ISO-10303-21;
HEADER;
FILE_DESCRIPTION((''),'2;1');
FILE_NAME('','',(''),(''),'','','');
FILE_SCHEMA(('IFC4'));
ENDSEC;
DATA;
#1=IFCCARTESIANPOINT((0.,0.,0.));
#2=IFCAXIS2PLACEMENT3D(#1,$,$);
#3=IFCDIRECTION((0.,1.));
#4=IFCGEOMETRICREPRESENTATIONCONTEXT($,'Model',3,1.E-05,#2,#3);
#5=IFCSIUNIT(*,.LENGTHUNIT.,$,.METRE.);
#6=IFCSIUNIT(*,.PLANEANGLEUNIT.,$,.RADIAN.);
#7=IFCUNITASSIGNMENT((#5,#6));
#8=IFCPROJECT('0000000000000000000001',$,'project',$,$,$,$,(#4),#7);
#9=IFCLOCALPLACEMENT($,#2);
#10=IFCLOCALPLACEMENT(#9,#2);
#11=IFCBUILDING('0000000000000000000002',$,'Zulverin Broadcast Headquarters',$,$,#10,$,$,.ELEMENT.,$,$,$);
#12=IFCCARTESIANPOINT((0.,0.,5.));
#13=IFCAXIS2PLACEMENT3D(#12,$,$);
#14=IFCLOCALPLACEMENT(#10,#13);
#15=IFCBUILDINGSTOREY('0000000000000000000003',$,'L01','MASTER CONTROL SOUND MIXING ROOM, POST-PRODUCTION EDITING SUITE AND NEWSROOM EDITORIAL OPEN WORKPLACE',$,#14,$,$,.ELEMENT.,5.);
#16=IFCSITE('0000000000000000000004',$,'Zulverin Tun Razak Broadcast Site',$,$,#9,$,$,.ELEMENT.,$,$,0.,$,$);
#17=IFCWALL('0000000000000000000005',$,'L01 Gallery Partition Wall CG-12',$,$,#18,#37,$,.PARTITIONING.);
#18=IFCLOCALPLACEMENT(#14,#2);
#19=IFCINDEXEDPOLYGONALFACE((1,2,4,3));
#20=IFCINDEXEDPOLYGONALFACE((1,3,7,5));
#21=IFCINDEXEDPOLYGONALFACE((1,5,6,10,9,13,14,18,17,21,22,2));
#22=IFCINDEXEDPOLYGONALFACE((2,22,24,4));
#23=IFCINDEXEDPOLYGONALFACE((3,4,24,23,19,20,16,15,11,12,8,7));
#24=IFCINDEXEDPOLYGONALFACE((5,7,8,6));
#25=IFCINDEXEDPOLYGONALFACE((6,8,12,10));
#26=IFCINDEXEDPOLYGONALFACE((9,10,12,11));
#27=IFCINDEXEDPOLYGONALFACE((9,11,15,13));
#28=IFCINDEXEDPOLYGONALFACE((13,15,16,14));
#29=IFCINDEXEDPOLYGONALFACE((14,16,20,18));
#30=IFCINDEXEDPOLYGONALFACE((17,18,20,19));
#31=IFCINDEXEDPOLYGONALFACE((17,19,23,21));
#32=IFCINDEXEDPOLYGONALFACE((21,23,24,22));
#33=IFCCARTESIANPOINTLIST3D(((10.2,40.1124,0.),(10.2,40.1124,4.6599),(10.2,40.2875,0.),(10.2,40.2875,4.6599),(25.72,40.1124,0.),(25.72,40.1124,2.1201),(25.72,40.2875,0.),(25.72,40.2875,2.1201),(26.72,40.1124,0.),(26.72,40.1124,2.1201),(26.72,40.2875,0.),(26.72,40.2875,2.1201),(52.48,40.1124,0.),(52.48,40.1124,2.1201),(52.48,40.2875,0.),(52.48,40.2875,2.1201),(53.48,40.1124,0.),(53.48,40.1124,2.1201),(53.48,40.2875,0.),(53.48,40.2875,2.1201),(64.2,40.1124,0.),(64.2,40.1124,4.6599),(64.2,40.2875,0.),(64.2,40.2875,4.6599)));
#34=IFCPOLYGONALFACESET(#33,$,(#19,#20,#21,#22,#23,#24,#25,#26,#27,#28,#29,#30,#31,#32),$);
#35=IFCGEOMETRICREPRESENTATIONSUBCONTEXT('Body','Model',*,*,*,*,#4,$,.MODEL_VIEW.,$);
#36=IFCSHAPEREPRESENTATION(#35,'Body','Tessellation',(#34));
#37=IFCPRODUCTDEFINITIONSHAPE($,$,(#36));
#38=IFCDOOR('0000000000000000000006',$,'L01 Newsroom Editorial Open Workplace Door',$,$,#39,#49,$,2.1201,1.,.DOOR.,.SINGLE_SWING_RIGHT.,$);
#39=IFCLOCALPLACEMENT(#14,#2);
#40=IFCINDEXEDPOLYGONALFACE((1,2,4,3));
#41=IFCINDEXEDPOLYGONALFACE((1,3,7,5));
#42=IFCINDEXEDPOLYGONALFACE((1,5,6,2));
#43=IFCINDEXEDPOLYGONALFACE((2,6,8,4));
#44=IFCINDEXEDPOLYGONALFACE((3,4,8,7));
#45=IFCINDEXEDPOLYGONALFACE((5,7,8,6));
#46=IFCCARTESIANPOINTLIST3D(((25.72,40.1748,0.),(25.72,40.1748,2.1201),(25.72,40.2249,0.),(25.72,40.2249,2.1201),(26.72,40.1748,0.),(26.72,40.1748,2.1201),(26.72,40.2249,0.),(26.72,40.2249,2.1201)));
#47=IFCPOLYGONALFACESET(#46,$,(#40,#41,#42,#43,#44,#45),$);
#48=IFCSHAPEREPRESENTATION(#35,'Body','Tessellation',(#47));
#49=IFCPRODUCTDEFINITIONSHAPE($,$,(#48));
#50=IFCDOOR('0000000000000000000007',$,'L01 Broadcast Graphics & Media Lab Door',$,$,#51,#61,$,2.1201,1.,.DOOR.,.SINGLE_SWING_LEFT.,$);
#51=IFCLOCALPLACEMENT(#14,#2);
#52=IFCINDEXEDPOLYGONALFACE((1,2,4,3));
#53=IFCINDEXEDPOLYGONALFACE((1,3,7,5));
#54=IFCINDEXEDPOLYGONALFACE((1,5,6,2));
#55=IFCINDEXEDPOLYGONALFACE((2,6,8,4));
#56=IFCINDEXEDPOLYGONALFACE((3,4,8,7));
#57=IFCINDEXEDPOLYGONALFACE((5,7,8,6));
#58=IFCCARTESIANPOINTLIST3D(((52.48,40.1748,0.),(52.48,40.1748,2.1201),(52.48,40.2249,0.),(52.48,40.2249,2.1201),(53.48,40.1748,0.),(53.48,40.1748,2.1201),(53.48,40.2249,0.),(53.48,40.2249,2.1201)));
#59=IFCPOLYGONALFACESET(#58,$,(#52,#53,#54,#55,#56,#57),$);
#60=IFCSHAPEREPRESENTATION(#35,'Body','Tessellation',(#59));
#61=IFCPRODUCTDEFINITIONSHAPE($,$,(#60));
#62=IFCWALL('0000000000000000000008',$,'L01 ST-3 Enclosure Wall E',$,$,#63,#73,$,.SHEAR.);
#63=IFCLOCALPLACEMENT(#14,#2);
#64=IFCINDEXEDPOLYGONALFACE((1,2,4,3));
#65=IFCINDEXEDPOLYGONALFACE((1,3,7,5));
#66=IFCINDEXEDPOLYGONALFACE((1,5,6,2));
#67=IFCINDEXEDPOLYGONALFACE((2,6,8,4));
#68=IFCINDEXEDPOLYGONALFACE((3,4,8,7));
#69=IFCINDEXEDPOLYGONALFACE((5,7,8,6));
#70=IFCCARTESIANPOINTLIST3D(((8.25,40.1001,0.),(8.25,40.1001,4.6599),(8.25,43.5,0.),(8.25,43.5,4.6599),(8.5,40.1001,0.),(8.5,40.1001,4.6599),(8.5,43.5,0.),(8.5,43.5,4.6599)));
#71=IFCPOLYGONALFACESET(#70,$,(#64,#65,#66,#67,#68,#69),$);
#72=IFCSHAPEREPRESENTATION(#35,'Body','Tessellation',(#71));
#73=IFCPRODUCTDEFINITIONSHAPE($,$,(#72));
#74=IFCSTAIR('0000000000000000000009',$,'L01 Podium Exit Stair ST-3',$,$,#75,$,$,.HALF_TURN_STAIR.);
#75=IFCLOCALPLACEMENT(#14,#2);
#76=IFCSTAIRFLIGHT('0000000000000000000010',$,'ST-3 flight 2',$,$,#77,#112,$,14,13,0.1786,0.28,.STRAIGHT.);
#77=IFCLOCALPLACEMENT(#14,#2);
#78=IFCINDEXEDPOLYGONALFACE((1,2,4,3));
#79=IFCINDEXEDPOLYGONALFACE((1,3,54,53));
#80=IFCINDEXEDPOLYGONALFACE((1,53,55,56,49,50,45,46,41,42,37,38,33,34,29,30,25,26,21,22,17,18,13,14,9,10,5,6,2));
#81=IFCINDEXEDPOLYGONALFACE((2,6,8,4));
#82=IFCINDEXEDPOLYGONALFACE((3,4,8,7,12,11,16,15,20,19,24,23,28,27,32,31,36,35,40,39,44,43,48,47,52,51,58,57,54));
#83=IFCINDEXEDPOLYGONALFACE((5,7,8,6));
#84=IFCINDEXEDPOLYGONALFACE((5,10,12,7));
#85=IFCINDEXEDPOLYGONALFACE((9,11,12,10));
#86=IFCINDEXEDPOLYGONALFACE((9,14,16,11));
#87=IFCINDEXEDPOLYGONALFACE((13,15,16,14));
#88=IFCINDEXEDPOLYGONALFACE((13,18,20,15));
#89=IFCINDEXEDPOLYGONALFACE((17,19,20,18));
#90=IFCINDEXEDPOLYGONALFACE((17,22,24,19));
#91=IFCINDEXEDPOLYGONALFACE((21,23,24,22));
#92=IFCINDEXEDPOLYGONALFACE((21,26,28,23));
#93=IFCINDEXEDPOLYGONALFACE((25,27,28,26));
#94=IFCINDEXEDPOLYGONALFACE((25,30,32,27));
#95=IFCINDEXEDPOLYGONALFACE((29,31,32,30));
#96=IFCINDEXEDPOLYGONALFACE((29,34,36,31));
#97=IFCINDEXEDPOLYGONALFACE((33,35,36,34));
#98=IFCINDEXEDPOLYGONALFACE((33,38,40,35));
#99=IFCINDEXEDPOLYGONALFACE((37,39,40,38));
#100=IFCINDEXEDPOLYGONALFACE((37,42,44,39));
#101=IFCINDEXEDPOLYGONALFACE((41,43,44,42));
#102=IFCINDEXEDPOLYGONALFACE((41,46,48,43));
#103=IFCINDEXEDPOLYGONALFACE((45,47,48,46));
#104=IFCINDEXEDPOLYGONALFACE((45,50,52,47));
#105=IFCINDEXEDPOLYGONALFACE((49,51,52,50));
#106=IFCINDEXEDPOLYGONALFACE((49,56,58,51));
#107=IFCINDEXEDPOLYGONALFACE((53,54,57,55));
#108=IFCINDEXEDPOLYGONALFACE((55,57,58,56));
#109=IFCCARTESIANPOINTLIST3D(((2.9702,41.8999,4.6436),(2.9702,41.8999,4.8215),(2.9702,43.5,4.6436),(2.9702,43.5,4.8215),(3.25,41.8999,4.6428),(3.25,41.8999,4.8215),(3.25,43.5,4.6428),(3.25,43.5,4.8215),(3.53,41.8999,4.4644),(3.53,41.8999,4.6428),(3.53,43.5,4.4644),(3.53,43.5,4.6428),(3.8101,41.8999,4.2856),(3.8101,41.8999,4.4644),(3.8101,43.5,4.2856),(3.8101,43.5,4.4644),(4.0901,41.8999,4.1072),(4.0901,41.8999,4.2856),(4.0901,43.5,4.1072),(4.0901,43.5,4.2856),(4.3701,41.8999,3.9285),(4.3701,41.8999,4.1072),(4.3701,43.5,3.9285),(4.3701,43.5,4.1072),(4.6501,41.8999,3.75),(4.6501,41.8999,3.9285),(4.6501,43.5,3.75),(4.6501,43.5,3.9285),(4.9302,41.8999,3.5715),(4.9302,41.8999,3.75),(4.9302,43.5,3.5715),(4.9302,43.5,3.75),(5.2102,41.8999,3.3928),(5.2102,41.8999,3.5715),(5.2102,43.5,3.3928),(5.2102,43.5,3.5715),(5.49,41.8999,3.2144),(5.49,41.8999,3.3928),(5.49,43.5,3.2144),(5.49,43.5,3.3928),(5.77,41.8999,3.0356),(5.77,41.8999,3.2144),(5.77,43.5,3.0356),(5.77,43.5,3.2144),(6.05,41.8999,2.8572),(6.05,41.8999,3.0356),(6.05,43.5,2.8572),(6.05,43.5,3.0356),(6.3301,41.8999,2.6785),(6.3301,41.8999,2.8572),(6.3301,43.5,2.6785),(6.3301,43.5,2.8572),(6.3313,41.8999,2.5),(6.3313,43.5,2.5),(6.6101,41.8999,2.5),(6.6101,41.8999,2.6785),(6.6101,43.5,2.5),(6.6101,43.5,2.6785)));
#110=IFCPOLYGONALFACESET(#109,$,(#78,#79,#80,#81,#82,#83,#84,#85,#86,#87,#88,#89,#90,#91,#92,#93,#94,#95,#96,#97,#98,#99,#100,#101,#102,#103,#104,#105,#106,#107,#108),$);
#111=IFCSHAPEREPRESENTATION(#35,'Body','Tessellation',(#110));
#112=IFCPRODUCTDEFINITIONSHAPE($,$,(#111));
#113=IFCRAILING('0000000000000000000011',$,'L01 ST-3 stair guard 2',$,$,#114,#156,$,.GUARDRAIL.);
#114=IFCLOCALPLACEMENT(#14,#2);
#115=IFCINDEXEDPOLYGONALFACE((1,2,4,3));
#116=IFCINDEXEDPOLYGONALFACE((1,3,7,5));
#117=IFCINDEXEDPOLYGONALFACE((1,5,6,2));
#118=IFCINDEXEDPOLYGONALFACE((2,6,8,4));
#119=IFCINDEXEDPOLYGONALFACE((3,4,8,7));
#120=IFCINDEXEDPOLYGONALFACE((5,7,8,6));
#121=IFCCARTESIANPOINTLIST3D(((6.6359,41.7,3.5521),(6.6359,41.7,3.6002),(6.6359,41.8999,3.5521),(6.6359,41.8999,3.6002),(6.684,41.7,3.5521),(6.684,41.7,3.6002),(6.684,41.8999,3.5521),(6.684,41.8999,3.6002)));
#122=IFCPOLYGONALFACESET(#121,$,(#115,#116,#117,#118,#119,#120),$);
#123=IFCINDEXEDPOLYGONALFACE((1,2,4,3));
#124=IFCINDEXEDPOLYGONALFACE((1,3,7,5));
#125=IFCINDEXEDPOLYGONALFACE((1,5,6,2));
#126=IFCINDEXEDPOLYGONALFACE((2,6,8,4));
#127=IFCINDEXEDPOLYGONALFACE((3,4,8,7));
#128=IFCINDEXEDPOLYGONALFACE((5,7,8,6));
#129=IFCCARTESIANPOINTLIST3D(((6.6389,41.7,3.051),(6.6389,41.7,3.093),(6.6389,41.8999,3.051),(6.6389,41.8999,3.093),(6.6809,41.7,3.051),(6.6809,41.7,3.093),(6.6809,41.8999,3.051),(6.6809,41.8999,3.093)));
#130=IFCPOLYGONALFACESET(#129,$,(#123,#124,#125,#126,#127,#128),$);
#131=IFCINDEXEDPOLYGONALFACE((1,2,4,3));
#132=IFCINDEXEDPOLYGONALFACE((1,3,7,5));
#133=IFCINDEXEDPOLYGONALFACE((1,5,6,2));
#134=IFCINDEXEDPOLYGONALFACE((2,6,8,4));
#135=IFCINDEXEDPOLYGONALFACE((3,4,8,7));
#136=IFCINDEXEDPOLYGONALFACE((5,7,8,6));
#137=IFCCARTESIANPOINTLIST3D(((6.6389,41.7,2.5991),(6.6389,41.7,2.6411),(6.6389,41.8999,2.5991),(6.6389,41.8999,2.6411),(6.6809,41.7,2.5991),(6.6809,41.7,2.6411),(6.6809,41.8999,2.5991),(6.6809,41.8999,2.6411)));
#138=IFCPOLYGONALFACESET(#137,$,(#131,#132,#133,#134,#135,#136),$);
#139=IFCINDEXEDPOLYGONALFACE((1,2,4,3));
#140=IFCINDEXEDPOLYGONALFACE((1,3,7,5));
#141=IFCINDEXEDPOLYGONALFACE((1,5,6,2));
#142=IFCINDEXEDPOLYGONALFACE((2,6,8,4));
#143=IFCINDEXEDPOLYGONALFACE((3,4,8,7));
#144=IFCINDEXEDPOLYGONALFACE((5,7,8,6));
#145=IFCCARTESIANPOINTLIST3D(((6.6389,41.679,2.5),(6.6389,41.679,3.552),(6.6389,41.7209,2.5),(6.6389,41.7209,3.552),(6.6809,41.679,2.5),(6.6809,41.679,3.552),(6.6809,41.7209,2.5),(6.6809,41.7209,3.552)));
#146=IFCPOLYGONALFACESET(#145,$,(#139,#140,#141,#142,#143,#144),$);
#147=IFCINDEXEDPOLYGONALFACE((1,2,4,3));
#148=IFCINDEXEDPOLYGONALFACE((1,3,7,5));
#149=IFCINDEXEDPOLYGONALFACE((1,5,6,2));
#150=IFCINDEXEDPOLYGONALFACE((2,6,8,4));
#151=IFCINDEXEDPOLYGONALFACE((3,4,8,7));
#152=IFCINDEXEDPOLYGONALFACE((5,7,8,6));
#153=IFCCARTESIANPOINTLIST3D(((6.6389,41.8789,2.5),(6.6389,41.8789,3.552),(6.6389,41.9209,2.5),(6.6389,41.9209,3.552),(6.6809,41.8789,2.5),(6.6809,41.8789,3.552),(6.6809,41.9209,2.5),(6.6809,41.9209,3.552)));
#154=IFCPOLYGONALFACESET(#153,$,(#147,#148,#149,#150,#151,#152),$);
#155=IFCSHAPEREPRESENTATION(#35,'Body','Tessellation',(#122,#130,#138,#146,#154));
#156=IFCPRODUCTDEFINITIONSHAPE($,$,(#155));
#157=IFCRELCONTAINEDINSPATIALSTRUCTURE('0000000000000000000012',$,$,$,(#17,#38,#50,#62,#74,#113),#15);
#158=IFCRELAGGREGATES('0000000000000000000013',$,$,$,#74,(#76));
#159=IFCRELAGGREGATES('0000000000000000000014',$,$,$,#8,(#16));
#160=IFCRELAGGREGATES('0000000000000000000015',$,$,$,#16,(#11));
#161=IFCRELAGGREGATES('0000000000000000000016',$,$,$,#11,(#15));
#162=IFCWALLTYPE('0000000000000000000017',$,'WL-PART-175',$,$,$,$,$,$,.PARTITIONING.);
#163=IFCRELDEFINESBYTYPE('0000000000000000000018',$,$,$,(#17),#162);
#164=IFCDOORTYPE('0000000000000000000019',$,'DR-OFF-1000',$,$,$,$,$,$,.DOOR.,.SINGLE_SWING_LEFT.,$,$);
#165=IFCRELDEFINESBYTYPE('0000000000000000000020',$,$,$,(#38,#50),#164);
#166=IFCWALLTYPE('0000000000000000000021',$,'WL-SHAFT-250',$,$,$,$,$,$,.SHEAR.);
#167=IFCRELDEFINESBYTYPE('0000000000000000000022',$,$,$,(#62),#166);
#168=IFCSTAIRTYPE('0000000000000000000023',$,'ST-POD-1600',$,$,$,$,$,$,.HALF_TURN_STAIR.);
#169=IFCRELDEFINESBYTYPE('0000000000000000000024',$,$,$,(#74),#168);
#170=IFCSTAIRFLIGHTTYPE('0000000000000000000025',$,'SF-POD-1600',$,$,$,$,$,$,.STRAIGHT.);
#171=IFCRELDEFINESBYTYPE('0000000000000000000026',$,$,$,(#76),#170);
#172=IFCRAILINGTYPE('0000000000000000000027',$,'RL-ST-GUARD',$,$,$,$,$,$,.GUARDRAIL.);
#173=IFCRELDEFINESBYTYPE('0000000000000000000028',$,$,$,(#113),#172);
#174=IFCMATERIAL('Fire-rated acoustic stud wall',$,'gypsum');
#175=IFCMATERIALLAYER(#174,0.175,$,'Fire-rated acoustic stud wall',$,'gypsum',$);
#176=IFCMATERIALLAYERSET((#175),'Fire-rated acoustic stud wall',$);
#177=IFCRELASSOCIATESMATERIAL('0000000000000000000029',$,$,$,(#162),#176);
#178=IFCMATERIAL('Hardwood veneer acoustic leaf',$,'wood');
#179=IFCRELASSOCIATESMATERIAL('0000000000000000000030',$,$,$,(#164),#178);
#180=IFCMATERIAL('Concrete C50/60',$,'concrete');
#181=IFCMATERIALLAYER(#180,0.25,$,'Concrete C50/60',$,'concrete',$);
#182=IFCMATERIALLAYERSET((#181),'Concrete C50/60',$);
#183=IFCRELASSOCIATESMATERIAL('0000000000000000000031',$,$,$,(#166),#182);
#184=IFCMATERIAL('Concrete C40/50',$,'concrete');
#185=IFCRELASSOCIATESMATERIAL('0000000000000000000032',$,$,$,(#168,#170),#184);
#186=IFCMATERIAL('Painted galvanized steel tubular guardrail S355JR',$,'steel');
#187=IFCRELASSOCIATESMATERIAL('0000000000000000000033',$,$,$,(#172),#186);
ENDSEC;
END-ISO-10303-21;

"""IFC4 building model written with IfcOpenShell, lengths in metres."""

from ifc_helpers import new_model, si_unit, direction, frame, frame_2d, origin, origin_2d, place, context, subcontext, project, spatial, polyline, rectangle, outline, extrude, material, layer, layer_set, type_object, element, fill, aggregate, save


model = new_model("IFC4")

# Units and contexts
model_context = context("Model", 3, precision=1e-05, world=origin(), true_north=direction((0.0, 1.0)))
body_context = subcontext(model_context, "Body", "Model", "MODEL_VIEW")
ifc_project = project(units=[si_unit("LENGTHUNIT", "METRE"), si_unit("PLANEANGLEUNIT", "RADIAN")], contexts=[model_context])

# Site, building, storey
site_placement = place(None, origin())
site = spatial("IfcSite", under=ifc_project, at=site_placement, Name="Zulverin Tun Razak Broadcast Site", CompositionType="ELEMENT", RefElevation=0.0)
building_placement = place(site_placement, origin())
building = spatial("IfcBuilding", under=site, at=building_placement, Name="Zulverin Broadcast Headquarters", CompositionType="ELEMENT")
storey_placement = place(building_placement, frame((0.0, 0.0, 5.0)))
storey = spatial("IfcBuildingStorey", under=building, at=storey_placement, Name="L01", Description="MASTER CONTROL SOUND MIXING ROOM, POST-PRODUCTION EDITING SUITE AND NEWSROOM EDITORIAL OPEN WORKPLACE", CompositionType="ELEMENT", Elevation=5.0)

# Shared definitions
ifc_material_1 = material(Name="Concrete C40/50", Category="concrete")

# Wall, openings, doors
ifc_material_2 = material(Name="Fire-rated acoustic stud wall", Category="gypsum")
ifc_layer_1 = layer(ifc_material_2, 0.175, Name="Fire-rated acoustic stud wall", Category="gypsum")
ifc_layer_set_1 = layer_set([ifc_layer_1], Name="Fire-rated acoustic stud wall")
wall_type_1 = type_object("IfcWallType", Name="WL-PART-175", PredefinedType="PARTITIONING", material=ifc_layer_set_1)
wall_1_placement = place(storey_placement, frame((10.2, 40.2, 0.0), z_axis=(0.0, 0.0, 1.0), x_axis=(1.0, 0.0, 0.0)))
wall_1 = element("IfcWall", 1, at=wall_1_placement, inside=storey, type_object=wall_type_1, Name="L01 Gallery Partition Wall CG-12", PredefinedType="PARTITIONING", context=body_context, shape_type="SweptSolid", body=[
    extrude(rectangle(XDim=54.0, YDim=0.175, at=frame_2d((27.0, 0.0))), origin(), (0.0, 0.0, 1.0), 4.6599),
])
opening_1_placement = place(wall_1_placement, frame((15.52, 0.0, 0.0)))
opening_1 = element("IfcOpeningElement", 2, at=opening_1_placement, cuts=wall_1, PredefinedType="OPENING", context=body_context, shape_type="SweptSolid", body=[
    extrude(rectangle(XDim=1.0, YDim=2.1201, at=frame_2d((0.5, 1.0601))), frame((0.0, 0.0974, 0.0), z_axis=(0.0, -1.0, 0.0), x_axis=(1.0, 0.0, 0.0)), (0.0, 0.0, 1.0), 0.1951),
])
opening_2_placement = place(wall_1_placement, frame((42.28, 0.0, 0.0)))
opening_2 = element("IfcOpeningElement", 3, at=opening_2_placement, cuts=wall_1, PredefinedType="OPENING", context=body_context, shape_type="SweptSolid", body=[
    extrude(rectangle(XDim=1.0, YDim=2.1201, at=frame_2d((0.5, 1.0601))), frame((0.0, 0.0974, 0.0), z_axis=(0.0, -1.0, 0.0), x_axis=(1.0, 0.0, 0.0)), (0.0, 0.0, 1.0), 0.1951),
])
ifc_material_3 = material(Name="Hardwood veneer acoustic leaf", Category="wood")
door_type = type_object("IfcDoorType", Name="DR-OFF-1000", OperationType="SINGLE_SWING_LEFT", PredefinedType="DOOR", material=ifc_material_3)
door_1_placement = place(opening_1_placement, origin())
door_1 = element("IfcDoor", 4, at=door_1_placement, inside=storey, type_object=door_type, Name="L01 Newsroom Editorial Open Workplace Door", OperationType="SINGLE_SWING_RIGHT", OverallHeight=2.1201, OverallWidth=1.0, PredefinedType="DOOR", context=body_context, shape_type="SweptSolid", body=[
    extrude(rectangle(XDim=1.0, YDim=2.1201, at=frame_2d((0.5, 1.0601))), frame((0.0, 0.0249, 0.0), z_axis=(0.0, -1.0, 0.0), x_axis=(1.0, 0.0, 0.0)), (0.0, 0.0, 1.0), 0.05),
])
fill(opening_1, door_1)
door_2_placement = place(opening_2_placement, origin())
door_2 = element("IfcDoor", 5, at=door_2_placement, inside=storey, type_object=door_type, Name="L01 Broadcast Graphics & Media Lab Door", OperationType="SINGLE_SWING_LEFT", OverallHeight=2.1201, OverallWidth=1.0, PredefinedType="DOOR", context=body_context, shape_type="SweptSolid", body=[
    extrude(rectangle(XDim=1.0, YDim=2.1201, at=frame_2d((0.5, 1.0601))), frame((0.0, 0.0249, 0.0), z_axis=(0.0, -1.0, 0.0), x_axis=(1.0, 0.0, 0.0)), (0.0, 0.0, 1.0), 0.05),
])
fill(opening_2, door_2)

# Wall
ifc_material_4 = material(Name="Concrete C50/60", Category="concrete")
ifc_layer_2 = layer(ifc_material_4, 0.25, Name="Concrete C50/60", Category="concrete")
ifc_layer_set_2 = layer_set([ifc_layer_2], Name="Concrete C50/60")
wall_type_2 = type_object("IfcWallType", Name="WL-SHAFT-250", PredefinedType="SHEAR", material=ifc_layer_set_2)
wall_2_placement = place(storey_placement, frame((8.375, 40.1001, 0.0), z_axis=(0.0, 0.0, 1.0), x_axis=(0.0, 1.0, 0.0)))
element("IfcWall", 6, at=wall_2_placement, inside=storey, type_object=wall_type_2, Name="L01 ST-3 Enclosure Wall E", PredefinedType="SHEAR", context=body_context, shape_type="SweptSolid", body=[
    extrude(rectangle(XDim=3.3999, YDim=0.25, at=frame_2d((1.7, 0.0))), origin(), (0.0, 0.0, 1.0), 4.6599),
])

# Stair, stair flight
stair_type = type_object("IfcStairType", Name="ST-POD-1600", PredefinedType="HALF_TURN_STAIR", material=ifc_material_1)
stair_placement = place(storey_placement, origin())
stair = element("IfcStair", 7, at=stair_placement, inside=storey, type_object=stair_type, Name="L01 Podium Exit Stair ST-3", PredefinedType="HALF_TURN_STAIR")
stair_flight_type = type_object("IfcStairFlightType", Name="SF-POD-1600", PredefinedType="STRAIGHT", material=ifc_material_1)
stair_flight_placement = place(storey_placement, frame((6.6101, 42.7, 2.5), z_axis=(0.0, 0.0, 1.0), x_axis=(-1.0, 0.0, 0.0)))
stair_flight = element("IfcStairFlight", 8, at=stair_flight_placement, type_object=stair_flight_type, Name="ST-3 flight 2", NumberOfRisers=14, NumberOfTreads=13, PredefinedType="STRAIGHT", RiserHeight=0.1786, TreadLength=0.28, context=body_context, shape_type="SweptSolid", body=[
    extrude(outline(polyline([(0.0, 0.0), (0.0, 0.1785), (0.28, 0.1785), (0.28, 0.3572), (0.5601, 0.3572), (0.5601, 0.5356), (0.8401, 0.5356), (0.8401, 0.7144), (1.1201, 0.7144), (1.1201, 0.8928), (1.3999, 0.8928), (1.3999, 1.0715), (1.6799, 1.0715), (1.6799, 1.25), (1.96, 1.25), (1.96, 1.4285), (2.24, 1.4285), (2.24, 1.6072), (2.52, 1.6072), (2.52, 1.7856), (2.8, 1.7856), (2.8, 1.9644), (3.0801, 1.9644), (3.0801, 2.1428), (3.3601, 2.1428), (3.3601, 2.3215), (3.6399, 2.3215), (3.6399, 2.5), (3.6399, 2.1436), (0.2788, 0.0), (0.0, 0.0)])), frame((0.0, 0.8, 0.0), z_axis=(0.0, -1.0, 0.0), x_axis=(1.0, 0.0, 0.0)), (0.0, 0.0, 1.0), 1.6001),
])
aggregate(stair, [stair_flight])

# Railing
ifc_material_5 = material(Name="Painted galvanized steel tubular guardrail S355JR", Category="steel")
railing_type_1 = type_object("IfcRailingType", Name="RL-ST-GUARD", PredefinedType="GUARDRAIL", material=ifc_material_5)
railing_1_placement = place(storey_placement, frame((6.6599, 41.7, 2.5)))
element("IfcRailing", 9, at=railing_1_placement, inside=storey, type_object=railing_type_1, Name="L01 ST-3 stair guard 2", PredefinedType="GUARDRAIL", context=body_context, shape_type="SweptSolid", body=[
    extrude(rectangle(XDim=0.0481, YDim=0.0481, at=origin_2d()), frame((0.0, 0.0, 1.0762), z_axis=(0.0, 1.0, 0.0), x_axis=(-1.0, 0.0, 0.0)), (0.0, 0.0, 1.0), 0.2),
    extrude(rectangle(XDim=0.042, YDim=0.042, at=origin_2d()), frame((0.0, 0.0, 0.572), z_axis=(0.0, 1.0, 0.0), x_axis=(-1.0, 0.0, 0.0)), (0.0, 0.0, 1.0), 0.2),
    extrude(rectangle(XDim=0.042, YDim=0.042, at=origin_2d()), frame((0.0, 0.0, 0.1201), z_axis=(0.0, 1.0, 0.0), x_axis=(-1.0, 0.0, 0.0)), (0.0, 0.0, 1.0), 0.2),
    extrude(rectangle(XDim=0.042, YDim=0.042, at=origin_2d()), origin(), (0.0, 0.0, 1.0), 1.052),
    extrude(rectangle(XDim=0.042, YDim=0.042, at=origin_2d()), frame((0.0, 0.2, 0.0)), (0.0, 0.0, 1.0), 1.052),
])

save(model, "model.ifc")
